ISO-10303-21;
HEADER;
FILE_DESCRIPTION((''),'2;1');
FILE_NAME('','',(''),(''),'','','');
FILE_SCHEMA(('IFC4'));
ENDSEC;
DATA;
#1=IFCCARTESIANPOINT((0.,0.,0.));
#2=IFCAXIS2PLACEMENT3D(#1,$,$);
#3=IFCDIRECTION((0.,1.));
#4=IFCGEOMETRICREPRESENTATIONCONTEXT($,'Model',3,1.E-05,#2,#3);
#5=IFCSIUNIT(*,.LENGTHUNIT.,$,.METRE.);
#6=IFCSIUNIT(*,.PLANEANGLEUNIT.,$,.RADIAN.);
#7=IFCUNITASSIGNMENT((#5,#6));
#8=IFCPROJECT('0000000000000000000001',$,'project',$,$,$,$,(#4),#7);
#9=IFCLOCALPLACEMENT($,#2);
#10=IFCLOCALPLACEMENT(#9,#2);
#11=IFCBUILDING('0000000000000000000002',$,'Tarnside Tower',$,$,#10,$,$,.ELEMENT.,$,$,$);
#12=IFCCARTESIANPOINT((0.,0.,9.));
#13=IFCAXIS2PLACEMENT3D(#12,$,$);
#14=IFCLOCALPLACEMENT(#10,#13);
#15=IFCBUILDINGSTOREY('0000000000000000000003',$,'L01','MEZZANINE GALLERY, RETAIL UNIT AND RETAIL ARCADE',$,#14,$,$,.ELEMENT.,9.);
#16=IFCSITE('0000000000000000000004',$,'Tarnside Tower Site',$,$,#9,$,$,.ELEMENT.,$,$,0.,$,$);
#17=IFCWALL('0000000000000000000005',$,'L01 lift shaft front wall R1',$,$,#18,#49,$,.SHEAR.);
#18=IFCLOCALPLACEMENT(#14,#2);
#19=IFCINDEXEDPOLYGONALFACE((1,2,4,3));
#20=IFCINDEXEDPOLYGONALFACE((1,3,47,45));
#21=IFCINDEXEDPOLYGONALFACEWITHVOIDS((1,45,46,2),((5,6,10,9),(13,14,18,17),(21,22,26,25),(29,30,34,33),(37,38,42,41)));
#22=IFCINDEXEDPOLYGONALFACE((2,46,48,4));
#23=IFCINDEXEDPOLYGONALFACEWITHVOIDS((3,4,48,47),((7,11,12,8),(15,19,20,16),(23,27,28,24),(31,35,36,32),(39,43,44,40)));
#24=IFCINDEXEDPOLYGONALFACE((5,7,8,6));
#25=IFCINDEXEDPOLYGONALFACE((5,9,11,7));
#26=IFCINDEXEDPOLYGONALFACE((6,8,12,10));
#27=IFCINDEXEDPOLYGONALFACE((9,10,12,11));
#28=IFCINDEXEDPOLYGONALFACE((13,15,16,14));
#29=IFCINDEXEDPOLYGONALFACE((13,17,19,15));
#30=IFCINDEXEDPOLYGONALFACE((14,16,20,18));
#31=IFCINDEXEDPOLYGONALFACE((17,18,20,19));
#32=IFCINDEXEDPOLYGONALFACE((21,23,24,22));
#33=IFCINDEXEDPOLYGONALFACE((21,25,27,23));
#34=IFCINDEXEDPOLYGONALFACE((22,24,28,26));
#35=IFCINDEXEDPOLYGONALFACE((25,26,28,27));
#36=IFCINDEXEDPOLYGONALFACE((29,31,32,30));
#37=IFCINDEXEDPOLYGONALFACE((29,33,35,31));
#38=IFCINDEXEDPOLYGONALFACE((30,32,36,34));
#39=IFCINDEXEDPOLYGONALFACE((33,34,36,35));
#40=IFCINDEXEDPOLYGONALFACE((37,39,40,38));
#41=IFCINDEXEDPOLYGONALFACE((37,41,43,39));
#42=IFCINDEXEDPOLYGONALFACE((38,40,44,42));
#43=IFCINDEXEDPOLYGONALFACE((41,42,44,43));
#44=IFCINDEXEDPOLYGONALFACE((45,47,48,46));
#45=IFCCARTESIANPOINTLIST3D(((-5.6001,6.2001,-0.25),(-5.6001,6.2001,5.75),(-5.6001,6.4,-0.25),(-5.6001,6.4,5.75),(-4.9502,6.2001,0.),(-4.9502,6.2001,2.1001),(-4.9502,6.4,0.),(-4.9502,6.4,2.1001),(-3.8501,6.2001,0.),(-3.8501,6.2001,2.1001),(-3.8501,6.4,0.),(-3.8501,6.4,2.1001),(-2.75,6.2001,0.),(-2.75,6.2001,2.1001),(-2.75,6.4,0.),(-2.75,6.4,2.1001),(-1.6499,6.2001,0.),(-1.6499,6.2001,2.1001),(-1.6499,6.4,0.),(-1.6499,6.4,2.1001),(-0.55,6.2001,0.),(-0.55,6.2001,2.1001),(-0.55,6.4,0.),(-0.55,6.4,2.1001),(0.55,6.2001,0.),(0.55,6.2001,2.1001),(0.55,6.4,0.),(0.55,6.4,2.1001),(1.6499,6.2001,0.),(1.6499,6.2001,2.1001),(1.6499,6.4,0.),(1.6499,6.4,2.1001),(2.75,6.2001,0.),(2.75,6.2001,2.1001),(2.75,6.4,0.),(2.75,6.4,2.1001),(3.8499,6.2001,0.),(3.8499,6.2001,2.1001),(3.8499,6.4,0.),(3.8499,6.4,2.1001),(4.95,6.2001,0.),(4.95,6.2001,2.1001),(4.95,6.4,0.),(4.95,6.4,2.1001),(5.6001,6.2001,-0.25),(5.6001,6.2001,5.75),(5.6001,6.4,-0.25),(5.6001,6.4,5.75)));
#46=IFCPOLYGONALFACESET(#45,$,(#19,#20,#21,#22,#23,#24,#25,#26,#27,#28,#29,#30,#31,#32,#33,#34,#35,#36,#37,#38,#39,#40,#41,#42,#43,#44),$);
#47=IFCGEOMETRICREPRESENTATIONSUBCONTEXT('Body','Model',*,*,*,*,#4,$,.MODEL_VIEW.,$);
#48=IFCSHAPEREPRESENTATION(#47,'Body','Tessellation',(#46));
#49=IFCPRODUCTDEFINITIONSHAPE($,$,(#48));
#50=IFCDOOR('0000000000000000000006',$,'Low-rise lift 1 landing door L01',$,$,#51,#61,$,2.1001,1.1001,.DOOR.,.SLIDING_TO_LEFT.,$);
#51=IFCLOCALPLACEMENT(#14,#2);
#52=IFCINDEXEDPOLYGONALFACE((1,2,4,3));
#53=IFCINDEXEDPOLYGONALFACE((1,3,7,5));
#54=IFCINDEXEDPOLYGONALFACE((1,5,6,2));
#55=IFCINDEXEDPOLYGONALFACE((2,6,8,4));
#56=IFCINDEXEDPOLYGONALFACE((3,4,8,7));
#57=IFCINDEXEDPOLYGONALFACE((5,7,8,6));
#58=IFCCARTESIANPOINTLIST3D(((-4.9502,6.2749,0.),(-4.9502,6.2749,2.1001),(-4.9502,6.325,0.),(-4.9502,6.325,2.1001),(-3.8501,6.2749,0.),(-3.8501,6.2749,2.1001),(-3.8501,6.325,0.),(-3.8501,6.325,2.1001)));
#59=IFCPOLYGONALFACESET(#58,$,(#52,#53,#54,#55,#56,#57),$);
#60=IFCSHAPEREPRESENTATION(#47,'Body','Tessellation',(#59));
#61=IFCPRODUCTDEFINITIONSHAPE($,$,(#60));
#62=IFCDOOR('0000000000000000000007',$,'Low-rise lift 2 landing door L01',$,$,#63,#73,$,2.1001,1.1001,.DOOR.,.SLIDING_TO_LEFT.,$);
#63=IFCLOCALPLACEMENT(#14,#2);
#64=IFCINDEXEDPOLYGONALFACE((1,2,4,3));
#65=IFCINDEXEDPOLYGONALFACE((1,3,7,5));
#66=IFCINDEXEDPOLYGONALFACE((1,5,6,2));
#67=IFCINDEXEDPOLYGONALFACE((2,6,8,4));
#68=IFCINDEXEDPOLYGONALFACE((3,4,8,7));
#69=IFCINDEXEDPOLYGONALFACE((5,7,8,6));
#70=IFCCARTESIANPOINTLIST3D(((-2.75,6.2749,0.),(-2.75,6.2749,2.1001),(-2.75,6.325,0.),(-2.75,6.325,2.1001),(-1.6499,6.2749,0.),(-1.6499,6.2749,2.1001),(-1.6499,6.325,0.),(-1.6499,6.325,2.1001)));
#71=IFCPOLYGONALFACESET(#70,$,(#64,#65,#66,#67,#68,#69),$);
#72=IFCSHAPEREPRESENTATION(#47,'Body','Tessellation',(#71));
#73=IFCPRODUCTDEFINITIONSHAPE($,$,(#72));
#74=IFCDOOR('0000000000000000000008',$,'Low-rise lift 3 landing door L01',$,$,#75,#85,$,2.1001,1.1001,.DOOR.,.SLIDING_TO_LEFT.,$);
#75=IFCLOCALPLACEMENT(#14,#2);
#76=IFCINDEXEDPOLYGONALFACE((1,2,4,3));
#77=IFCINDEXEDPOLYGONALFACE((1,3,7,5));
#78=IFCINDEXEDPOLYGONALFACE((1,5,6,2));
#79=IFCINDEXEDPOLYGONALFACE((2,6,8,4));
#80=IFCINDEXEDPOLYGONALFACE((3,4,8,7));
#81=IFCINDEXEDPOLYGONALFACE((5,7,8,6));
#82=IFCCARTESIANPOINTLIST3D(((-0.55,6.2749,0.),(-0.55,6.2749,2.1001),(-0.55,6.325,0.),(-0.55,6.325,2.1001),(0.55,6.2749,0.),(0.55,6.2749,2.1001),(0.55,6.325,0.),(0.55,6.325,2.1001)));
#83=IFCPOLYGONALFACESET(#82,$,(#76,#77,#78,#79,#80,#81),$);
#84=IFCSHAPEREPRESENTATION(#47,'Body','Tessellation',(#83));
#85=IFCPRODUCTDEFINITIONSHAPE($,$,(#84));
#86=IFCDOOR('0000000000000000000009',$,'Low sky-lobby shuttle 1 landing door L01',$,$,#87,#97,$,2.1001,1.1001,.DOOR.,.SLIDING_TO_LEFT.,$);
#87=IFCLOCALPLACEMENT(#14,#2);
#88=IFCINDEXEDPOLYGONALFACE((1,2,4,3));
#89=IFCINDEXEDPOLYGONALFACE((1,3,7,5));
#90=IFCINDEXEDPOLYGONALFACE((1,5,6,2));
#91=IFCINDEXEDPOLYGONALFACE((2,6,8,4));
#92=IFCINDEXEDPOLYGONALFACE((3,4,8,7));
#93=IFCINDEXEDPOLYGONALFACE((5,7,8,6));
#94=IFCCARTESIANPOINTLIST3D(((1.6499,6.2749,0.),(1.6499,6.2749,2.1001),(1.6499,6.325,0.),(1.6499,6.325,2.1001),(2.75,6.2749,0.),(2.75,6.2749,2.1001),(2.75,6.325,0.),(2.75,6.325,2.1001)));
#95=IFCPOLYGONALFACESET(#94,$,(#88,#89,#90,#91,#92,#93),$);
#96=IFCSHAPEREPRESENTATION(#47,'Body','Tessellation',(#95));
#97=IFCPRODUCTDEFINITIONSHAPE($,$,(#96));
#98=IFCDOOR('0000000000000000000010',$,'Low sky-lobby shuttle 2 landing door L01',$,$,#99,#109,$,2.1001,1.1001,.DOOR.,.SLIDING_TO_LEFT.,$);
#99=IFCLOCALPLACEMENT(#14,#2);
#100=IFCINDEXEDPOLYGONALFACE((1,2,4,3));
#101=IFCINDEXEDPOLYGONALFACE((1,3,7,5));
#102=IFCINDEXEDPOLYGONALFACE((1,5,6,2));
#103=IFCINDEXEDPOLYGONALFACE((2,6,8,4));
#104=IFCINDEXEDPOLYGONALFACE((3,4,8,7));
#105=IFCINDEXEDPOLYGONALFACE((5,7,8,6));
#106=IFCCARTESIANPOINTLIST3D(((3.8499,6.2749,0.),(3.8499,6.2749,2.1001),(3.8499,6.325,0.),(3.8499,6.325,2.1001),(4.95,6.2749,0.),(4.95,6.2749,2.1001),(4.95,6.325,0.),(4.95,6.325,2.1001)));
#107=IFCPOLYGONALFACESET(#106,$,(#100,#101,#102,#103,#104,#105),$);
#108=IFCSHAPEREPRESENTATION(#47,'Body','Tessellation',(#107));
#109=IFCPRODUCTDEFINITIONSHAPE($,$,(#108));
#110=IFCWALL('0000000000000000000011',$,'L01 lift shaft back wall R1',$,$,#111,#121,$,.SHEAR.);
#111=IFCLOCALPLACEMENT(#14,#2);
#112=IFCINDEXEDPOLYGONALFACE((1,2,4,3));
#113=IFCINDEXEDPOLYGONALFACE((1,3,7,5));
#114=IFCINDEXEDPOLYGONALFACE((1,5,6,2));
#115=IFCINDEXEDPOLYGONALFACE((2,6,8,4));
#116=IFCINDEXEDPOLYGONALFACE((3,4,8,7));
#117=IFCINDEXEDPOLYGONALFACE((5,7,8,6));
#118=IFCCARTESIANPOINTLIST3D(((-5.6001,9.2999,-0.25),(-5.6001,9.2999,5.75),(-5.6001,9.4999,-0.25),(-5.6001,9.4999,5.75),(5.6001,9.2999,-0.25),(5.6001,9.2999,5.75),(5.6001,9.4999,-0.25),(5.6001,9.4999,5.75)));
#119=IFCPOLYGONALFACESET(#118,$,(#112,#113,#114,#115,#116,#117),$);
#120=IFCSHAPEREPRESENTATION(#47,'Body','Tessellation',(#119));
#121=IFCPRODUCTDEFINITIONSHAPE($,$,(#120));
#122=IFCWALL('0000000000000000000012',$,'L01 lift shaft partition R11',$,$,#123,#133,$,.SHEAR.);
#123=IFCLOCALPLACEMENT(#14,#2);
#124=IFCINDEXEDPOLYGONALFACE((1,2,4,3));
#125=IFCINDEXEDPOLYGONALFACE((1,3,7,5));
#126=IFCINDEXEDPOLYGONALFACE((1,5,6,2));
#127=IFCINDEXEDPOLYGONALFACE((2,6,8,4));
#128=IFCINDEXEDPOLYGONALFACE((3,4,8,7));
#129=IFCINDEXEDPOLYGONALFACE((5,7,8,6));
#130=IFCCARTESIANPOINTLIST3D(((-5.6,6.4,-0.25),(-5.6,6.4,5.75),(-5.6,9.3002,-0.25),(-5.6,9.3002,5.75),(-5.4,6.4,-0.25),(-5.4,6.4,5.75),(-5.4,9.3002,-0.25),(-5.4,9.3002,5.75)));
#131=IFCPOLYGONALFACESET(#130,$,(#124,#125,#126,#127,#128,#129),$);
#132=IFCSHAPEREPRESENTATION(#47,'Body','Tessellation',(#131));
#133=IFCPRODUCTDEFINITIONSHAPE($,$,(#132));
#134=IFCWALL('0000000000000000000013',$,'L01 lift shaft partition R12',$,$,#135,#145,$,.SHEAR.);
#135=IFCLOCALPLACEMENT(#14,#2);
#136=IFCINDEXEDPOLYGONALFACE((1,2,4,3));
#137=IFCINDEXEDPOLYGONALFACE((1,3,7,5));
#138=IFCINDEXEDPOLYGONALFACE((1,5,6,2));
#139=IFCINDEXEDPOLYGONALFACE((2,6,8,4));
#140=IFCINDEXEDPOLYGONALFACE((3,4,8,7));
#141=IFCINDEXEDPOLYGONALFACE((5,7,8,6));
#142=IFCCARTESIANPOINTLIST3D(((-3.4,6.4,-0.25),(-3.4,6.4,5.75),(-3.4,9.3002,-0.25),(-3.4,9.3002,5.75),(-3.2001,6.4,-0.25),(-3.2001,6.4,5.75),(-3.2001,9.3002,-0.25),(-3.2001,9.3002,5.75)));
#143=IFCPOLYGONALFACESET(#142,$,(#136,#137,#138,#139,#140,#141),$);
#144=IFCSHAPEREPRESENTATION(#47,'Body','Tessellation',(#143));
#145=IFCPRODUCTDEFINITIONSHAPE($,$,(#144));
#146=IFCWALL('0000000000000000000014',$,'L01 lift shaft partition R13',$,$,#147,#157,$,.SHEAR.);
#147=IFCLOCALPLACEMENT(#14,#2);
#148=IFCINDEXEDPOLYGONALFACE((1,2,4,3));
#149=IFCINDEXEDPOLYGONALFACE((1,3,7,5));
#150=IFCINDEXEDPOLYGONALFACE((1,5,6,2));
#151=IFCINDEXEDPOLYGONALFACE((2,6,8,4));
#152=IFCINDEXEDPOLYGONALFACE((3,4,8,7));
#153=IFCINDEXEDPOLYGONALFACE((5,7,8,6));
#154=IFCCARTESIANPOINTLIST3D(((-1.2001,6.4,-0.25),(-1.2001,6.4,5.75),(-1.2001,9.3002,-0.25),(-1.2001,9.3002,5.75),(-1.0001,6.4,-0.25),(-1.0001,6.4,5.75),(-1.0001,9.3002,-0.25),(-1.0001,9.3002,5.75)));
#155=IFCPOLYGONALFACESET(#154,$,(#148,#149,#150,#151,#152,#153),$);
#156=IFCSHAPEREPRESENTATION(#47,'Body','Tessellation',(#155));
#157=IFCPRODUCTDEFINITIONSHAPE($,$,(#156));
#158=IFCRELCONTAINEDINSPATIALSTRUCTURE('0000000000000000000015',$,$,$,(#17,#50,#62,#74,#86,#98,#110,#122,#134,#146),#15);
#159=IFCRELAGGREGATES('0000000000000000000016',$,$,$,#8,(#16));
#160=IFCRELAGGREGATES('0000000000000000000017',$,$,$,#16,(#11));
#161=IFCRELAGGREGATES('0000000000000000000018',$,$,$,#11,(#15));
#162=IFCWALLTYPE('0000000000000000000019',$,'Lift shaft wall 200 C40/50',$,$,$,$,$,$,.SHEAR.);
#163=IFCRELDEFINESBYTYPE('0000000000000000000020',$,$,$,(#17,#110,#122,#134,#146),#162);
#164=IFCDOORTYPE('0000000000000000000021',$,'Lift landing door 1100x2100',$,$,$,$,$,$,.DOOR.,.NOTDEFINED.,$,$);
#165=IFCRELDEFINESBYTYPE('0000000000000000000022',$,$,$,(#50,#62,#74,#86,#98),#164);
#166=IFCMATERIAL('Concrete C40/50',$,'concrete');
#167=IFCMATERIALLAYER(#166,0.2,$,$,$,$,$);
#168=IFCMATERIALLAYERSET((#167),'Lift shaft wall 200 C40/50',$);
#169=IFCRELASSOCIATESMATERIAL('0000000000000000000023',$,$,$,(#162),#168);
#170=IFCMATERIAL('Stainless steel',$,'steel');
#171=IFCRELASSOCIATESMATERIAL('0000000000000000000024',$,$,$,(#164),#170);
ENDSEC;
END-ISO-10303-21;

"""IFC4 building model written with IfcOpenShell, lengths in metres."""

from ifc_helpers import new_model, si_unit, direction, frame, frame_2d, origin, place, context, subcontext, project, spatial, rectangle, extrude, material, layer, layer_set, type_object, element, fill, save


model = new_model("IFC4")

# Units and contexts
model_context = context("Model", 3, precision=1e-05, world=origin(), true_north=direction((0.0, 1.0)))
body_context = subcontext(model_context, "Body", "Model", "MODEL_VIEW")
ifc_project = project(units=[si_unit("LENGTHUNIT", "METRE"), si_unit("PLANEANGLEUNIT", "RADIAN")], contexts=[model_context])

# Site, building, storey
site_placement = place(None, origin())
site = spatial("IfcSite", under=ifc_project, at=site_placement, Name="Tarnside Tower Site", CompositionType="ELEMENT", RefElevation=0.0)
building_placement = place(site_placement, origin())
building = spatial("IfcBuilding", under=site, at=building_placement, Name="Tarnside Tower", CompositionType="ELEMENT")
storey_placement = place(building_placement, frame((0.0, 0.0, 9.0)))
storey = spatial("IfcBuildingStorey", under=building, at=storey_placement, Name="L01", Description="MEZZANINE GALLERY, RETAIL UNIT AND RETAIL ARCADE", CompositionType="ELEMENT", Elevation=9.0)

# Wall, openings, doors
ifc_material_1 = material(Name="Concrete C40/50", Category="concrete")
ifc_layer_1 = layer(ifc_material_1, 0.2)
ifc_layer_set_1 = layer_set([ifc_layer_1], Name="Lift shaft wall 200 C40/50")
wall_type_1 = type_object("IfcWallType", Name="Lift shaft wall 200 C40/50", PredefinedType="SHEAR", material=ifc_layer_set_1)
wall_1_placement = place(storey_placement, frame((-5.6001, 6.3, -0.25), z_axis=(0.0, 0.0, 1.0), x_axis=(1.0, 0.0, 0.0)))
wall_1 = element("IfcWall", 1, at=wall_1_placement, inside=storey, type_object=wall_type_1, Name="L01 lift shaft front wall R1", PredefinedType="SHEAR", context=body_context, shape_type="SweptSolid", body=[
    extrude(rectangle(XDim=11.2002, YDim=0.2, at=frame_2d((5.6001, 0.0))), origin(), (0.0, 0.0, 1.0), 6.0),
])
opening_1_placement = place(wall_1_placement, frame((0.6499, 0.0, 0.25)))
opening_1 = element("IfcOpeningElement", 2, at=opening_1_placement, cuts=wall_1, PredefinedType="OPENING", context=body_context, shape_type="SweptSolid", body=[
    extrude(rectangle(XDim=1.1001, YDim=2.1001, at=frame_2d((0.55, 1.05))), frame((0.0, 0.1099, 0.0), z_axis=(0.0, -1.0, 0.0), x_axis=(1.0, 0.0, 0.0)), (0.0, 0.0, 1.0), 0.22),
])
opening_2_placement = place(wall_1_placement, frame((2.8501, 0.0, 0.25)))
opening_2 = element("IfcOpeningElement", 3, at=opening_2_placement, cuts=wall_1, PredefinedType="OPENING", context=body_context, shape_type="SweptSolid", body=[
    extrude(rectangle(XDim=1.1001, YDim=2.1001, at=frame_2d((0.55, 1.05))), frame((0.0, 0.1099, 0.0), z_axis=(0.0, -1.0, 0.0), x_axis=(1.0, 0.0, 0.0)), (0.0, 0.0, 1.0), 0.22),
])
opening_3_placement = place(wall_1_placement, frame((5.05, 0.0, 0.25)))
opening_3 = element("IfcOpeningElement", 4, at=opening_3_placement, cuts=wall_1, PredefinedType="OPENING", context=body_context, shape_type="SweptSolid", body=[
    extrude(rectangle(XDim=1.1001, YDim=2.1001, at=frame_2d((0.55, 1.05))), frame((0.0, 0.1099, 0.0), z_axis=(0.0, -1.0, 0.0), x_axis=(1.0, 0.0, 0.0)), (0.0, 0.0, 1.0), 0.22),
])
opening_4_placement = place(wall_1_placement, frame((7.25, 0.0, 0.25)))
opening_4 = element("IfcOpeningElement", 5, at=opening_4_placement, cuts=wall_1, PredefinedType="OPENING", context=body_context, shape_type="SweptSolid", body=[
    extrude(rectangle(XDim=1.1001, YDim=2.1001, at=frame_2d((0.55, 1.05))), frame((0.0, 0.1099, 0.0), z_axis=(0.0, -1.0, 0.0), x_axis=(1.0, 0.0, 0.0)), (0.0, 0.0, 1.0), 0.22),
])
opening_5_placement = place(wall_1_placement, frame((9.45, 0.0, 0.25)))
opening_5 = element("IfcOpeningElement", 6, at=opening_5_placement, cuts=wall_1, PredefinedType="OPENING", context=body_context, shape_type="SweptSolid", body=[
    extrude(rectangle(XDim=1.1001, YDim=2.1001, at=frame_2d((0.55, 1.05))), frame((0.0, 0.1099, 0.0), z_axis=(0.0, -1.0, 0.0), x_axis=(1.0, 0.0, 0.0)), (0.0, 0.0, 1.0), 0.22),
])
ifc_material_2 = material(Name="Stainless steel", Category="steel")
door_type_1 = type_object("IfcDoorType", Name="Lift landing door 1100x2100", OperationType="NOTDEFINED", PredefinedType="DOOR", material=ifc_material_2)
door_1_placement = place(opening_1_placement, origin())
door_1 = element("IfcDoor", 7, at=door_1_placement, inside=storey, type_object=door_type_1, Name="Low-rise lift 1 landing door L01", OperationType="SLIDING_TO_LEFT", OverallHeight=2.1001, OverallWidth=1.1001, PredefinedType="DOOR", context=body_context, shape_type="SweptSolid", body=[
    extrude(rectangle(XDim=1.1001, YDim=2.1001, at=frame_2d((0.55, 1.05))), frame((0.0, 0.0249, 0.0), z_axis=(0.0, -1.0, 0.0), x_axis=(1.0, 0.0, 0.0)), (0.0, 0.0, 1.0), 0.05),
])
fill(opening_1, door_1)
door_2_placement = place(opening_2_placement, origin())
door_2 = element("IfcDoor", 8, at=door_2_placement, inside=storey, type_object=door_type_1, Name="Low-rise lift 2 landing door L01", OperationType="SLIDING_TO_LEFT", OverallHeight=2.1001, OverallWidth=1.1001, PredefinedType="DOOR", context=body_context, shape_type="SweptSolid", body=[
    extrude(rectangle(XDim=1.1001, YDim=2.1001, at=frame_2d((0.55, 1.05))), frame((0.0, 0.0249, 0.0), z_axis=(0.0, -1.0, 0.0), x_axis=(1.0, 0.0, 0.0)), (0.0, 0.0, 1.0), 0.05),
])
fill(opening_2, door_2)
door_3_placement = place(opening_3_placement, origin())
door_3 = element("IfcDoor", 9, at=door_3_placement, inside=storey, type_object=door_type_1, Name="Low-rise lift 3 landing door L01", OperationType="SLIDING_TO_LEFT", OverallHeight=2.1001, OverallWidth=1.1001, PredefinedType="DOOR", context=body_context, shape_type="SweptSolid", body=[
    extrude(rectangle(XDim=1.1001, YDim=2.1001, at=frame_2d((0.55, 1.05))), frame((0.0, 0.0249, 0.0), z_axis=(0.0, -1.0, 0.0), x_axis=(1.0, 0.0, 0.0)), (0.0, 0.0, 1.0), 0.05),
])
fill(opening_3, door_3)
door_4_placement = place(opening_4_placement, origin())
door_4 = element("IfcDoor", 10, at=door_4_placement, inside=storey, type_object=door_type_1, Name="Low sky-lobby shuttle 1 landing door L01", OperationType="SLIDING_TO_LEFT", OverallHeight=2.1001, OverallWidth=1.1001, PredefinedType="DOOR", context=body_context, shape_type="SweptSolid", body=[
    extrude(rectangle(XDim=1.1001, YDim=2.1001, at=frame_2d((0.55, 1.05))), frame((0.0, 0.0249, 0.0), z_axis=(0.0, -1.0, 0.0), x_axis=(1.0, 0.0, 0.0)), (0.0, 0.0, 1.0), 0.05),
])
fill(opening_4, door_4)
door_5_placement = place(opening_5_placement, origin())
door_5 = element("IfcDoor", 11, at=door_5_placement, inside=storey, type_object=door_type_1, Name="Low sky-lobby shuttle 2 landing door L01", OperationType="SLIDING_TO_LEFT", OverallHeight=2.1001, OverallWidth=1.1001, PredefinedType="DOOR", context=body_context, shape_type="SweptSolid", body=[
    extrude(rectangle(XDim=1.1001, YDim=2.1001, at=frame_2d((0.55, 1.05))), frame((0.0, 0.0249, 0.0), z_axis=(0.0, -1.0, 0.0), x_axis=(1.0, 0.0, 0.0)), (0.0, 0.0, 1.0), 0.05),
])
fill(opening_5, door_5)

# Walls
wall_2_placement = place(storey_placement, frame((-5.6001, 9.3999, -0.25), z_axis=(0.0, 0.0, 1.0), x_axis=(1.0, 0.0, 0.0)))
element("IfcWall", 12, at=wall_2_placement, inside=storey, type_object=wall_type_1, Name="L01 lift shaft back wall R1", PredefinedType="SHEAR", context=body_context, shape_type="SweptSolid", body=[
    extrude(rectangle(XDim=11.2002, YDim=0.2, at=frame_2d((5.6001, 0.0))), origin(), (0.0, 0.0, 1.0), 6.0),
])
for number, where, z_axis, x_axis, name in (
    (13, (-5.5, 6.3999, -0.25), (0.0, 0.0, 1.0), (0.0, 1.0, 0.0), "L01 lift shaft partition R11"),
    (14, (-3.3, 6.3999, -0.25), (0.0, 0.0, 1.0), (0.0, 1.0, 0.0), "L01 lift shaft partition R12"),
    (15, (-1.1001, 6.3999, -0.25), (0.0, 0.0, 1.0), (0.0, 1.0, 0.0), "L01 lift shaft partition R13"),
):
    element("IfcWall", number, at=place(storey_placement, frame(where, z_axis=z_axis, x_axis=x_axis)), inside=storey, type_object=wall_type_1, Name=name, PredefinedType="SHEAR", context=body_context, shape_type="SweptSolid", body=[
        extrude(rectangle(XDim=2.9001, YDim=0.2, at=frame_2d((1.4502, 0.0))), origin(), (0.0, 0.0, 1.0), 6.0),
    ])

save(model, "model.ifc")
